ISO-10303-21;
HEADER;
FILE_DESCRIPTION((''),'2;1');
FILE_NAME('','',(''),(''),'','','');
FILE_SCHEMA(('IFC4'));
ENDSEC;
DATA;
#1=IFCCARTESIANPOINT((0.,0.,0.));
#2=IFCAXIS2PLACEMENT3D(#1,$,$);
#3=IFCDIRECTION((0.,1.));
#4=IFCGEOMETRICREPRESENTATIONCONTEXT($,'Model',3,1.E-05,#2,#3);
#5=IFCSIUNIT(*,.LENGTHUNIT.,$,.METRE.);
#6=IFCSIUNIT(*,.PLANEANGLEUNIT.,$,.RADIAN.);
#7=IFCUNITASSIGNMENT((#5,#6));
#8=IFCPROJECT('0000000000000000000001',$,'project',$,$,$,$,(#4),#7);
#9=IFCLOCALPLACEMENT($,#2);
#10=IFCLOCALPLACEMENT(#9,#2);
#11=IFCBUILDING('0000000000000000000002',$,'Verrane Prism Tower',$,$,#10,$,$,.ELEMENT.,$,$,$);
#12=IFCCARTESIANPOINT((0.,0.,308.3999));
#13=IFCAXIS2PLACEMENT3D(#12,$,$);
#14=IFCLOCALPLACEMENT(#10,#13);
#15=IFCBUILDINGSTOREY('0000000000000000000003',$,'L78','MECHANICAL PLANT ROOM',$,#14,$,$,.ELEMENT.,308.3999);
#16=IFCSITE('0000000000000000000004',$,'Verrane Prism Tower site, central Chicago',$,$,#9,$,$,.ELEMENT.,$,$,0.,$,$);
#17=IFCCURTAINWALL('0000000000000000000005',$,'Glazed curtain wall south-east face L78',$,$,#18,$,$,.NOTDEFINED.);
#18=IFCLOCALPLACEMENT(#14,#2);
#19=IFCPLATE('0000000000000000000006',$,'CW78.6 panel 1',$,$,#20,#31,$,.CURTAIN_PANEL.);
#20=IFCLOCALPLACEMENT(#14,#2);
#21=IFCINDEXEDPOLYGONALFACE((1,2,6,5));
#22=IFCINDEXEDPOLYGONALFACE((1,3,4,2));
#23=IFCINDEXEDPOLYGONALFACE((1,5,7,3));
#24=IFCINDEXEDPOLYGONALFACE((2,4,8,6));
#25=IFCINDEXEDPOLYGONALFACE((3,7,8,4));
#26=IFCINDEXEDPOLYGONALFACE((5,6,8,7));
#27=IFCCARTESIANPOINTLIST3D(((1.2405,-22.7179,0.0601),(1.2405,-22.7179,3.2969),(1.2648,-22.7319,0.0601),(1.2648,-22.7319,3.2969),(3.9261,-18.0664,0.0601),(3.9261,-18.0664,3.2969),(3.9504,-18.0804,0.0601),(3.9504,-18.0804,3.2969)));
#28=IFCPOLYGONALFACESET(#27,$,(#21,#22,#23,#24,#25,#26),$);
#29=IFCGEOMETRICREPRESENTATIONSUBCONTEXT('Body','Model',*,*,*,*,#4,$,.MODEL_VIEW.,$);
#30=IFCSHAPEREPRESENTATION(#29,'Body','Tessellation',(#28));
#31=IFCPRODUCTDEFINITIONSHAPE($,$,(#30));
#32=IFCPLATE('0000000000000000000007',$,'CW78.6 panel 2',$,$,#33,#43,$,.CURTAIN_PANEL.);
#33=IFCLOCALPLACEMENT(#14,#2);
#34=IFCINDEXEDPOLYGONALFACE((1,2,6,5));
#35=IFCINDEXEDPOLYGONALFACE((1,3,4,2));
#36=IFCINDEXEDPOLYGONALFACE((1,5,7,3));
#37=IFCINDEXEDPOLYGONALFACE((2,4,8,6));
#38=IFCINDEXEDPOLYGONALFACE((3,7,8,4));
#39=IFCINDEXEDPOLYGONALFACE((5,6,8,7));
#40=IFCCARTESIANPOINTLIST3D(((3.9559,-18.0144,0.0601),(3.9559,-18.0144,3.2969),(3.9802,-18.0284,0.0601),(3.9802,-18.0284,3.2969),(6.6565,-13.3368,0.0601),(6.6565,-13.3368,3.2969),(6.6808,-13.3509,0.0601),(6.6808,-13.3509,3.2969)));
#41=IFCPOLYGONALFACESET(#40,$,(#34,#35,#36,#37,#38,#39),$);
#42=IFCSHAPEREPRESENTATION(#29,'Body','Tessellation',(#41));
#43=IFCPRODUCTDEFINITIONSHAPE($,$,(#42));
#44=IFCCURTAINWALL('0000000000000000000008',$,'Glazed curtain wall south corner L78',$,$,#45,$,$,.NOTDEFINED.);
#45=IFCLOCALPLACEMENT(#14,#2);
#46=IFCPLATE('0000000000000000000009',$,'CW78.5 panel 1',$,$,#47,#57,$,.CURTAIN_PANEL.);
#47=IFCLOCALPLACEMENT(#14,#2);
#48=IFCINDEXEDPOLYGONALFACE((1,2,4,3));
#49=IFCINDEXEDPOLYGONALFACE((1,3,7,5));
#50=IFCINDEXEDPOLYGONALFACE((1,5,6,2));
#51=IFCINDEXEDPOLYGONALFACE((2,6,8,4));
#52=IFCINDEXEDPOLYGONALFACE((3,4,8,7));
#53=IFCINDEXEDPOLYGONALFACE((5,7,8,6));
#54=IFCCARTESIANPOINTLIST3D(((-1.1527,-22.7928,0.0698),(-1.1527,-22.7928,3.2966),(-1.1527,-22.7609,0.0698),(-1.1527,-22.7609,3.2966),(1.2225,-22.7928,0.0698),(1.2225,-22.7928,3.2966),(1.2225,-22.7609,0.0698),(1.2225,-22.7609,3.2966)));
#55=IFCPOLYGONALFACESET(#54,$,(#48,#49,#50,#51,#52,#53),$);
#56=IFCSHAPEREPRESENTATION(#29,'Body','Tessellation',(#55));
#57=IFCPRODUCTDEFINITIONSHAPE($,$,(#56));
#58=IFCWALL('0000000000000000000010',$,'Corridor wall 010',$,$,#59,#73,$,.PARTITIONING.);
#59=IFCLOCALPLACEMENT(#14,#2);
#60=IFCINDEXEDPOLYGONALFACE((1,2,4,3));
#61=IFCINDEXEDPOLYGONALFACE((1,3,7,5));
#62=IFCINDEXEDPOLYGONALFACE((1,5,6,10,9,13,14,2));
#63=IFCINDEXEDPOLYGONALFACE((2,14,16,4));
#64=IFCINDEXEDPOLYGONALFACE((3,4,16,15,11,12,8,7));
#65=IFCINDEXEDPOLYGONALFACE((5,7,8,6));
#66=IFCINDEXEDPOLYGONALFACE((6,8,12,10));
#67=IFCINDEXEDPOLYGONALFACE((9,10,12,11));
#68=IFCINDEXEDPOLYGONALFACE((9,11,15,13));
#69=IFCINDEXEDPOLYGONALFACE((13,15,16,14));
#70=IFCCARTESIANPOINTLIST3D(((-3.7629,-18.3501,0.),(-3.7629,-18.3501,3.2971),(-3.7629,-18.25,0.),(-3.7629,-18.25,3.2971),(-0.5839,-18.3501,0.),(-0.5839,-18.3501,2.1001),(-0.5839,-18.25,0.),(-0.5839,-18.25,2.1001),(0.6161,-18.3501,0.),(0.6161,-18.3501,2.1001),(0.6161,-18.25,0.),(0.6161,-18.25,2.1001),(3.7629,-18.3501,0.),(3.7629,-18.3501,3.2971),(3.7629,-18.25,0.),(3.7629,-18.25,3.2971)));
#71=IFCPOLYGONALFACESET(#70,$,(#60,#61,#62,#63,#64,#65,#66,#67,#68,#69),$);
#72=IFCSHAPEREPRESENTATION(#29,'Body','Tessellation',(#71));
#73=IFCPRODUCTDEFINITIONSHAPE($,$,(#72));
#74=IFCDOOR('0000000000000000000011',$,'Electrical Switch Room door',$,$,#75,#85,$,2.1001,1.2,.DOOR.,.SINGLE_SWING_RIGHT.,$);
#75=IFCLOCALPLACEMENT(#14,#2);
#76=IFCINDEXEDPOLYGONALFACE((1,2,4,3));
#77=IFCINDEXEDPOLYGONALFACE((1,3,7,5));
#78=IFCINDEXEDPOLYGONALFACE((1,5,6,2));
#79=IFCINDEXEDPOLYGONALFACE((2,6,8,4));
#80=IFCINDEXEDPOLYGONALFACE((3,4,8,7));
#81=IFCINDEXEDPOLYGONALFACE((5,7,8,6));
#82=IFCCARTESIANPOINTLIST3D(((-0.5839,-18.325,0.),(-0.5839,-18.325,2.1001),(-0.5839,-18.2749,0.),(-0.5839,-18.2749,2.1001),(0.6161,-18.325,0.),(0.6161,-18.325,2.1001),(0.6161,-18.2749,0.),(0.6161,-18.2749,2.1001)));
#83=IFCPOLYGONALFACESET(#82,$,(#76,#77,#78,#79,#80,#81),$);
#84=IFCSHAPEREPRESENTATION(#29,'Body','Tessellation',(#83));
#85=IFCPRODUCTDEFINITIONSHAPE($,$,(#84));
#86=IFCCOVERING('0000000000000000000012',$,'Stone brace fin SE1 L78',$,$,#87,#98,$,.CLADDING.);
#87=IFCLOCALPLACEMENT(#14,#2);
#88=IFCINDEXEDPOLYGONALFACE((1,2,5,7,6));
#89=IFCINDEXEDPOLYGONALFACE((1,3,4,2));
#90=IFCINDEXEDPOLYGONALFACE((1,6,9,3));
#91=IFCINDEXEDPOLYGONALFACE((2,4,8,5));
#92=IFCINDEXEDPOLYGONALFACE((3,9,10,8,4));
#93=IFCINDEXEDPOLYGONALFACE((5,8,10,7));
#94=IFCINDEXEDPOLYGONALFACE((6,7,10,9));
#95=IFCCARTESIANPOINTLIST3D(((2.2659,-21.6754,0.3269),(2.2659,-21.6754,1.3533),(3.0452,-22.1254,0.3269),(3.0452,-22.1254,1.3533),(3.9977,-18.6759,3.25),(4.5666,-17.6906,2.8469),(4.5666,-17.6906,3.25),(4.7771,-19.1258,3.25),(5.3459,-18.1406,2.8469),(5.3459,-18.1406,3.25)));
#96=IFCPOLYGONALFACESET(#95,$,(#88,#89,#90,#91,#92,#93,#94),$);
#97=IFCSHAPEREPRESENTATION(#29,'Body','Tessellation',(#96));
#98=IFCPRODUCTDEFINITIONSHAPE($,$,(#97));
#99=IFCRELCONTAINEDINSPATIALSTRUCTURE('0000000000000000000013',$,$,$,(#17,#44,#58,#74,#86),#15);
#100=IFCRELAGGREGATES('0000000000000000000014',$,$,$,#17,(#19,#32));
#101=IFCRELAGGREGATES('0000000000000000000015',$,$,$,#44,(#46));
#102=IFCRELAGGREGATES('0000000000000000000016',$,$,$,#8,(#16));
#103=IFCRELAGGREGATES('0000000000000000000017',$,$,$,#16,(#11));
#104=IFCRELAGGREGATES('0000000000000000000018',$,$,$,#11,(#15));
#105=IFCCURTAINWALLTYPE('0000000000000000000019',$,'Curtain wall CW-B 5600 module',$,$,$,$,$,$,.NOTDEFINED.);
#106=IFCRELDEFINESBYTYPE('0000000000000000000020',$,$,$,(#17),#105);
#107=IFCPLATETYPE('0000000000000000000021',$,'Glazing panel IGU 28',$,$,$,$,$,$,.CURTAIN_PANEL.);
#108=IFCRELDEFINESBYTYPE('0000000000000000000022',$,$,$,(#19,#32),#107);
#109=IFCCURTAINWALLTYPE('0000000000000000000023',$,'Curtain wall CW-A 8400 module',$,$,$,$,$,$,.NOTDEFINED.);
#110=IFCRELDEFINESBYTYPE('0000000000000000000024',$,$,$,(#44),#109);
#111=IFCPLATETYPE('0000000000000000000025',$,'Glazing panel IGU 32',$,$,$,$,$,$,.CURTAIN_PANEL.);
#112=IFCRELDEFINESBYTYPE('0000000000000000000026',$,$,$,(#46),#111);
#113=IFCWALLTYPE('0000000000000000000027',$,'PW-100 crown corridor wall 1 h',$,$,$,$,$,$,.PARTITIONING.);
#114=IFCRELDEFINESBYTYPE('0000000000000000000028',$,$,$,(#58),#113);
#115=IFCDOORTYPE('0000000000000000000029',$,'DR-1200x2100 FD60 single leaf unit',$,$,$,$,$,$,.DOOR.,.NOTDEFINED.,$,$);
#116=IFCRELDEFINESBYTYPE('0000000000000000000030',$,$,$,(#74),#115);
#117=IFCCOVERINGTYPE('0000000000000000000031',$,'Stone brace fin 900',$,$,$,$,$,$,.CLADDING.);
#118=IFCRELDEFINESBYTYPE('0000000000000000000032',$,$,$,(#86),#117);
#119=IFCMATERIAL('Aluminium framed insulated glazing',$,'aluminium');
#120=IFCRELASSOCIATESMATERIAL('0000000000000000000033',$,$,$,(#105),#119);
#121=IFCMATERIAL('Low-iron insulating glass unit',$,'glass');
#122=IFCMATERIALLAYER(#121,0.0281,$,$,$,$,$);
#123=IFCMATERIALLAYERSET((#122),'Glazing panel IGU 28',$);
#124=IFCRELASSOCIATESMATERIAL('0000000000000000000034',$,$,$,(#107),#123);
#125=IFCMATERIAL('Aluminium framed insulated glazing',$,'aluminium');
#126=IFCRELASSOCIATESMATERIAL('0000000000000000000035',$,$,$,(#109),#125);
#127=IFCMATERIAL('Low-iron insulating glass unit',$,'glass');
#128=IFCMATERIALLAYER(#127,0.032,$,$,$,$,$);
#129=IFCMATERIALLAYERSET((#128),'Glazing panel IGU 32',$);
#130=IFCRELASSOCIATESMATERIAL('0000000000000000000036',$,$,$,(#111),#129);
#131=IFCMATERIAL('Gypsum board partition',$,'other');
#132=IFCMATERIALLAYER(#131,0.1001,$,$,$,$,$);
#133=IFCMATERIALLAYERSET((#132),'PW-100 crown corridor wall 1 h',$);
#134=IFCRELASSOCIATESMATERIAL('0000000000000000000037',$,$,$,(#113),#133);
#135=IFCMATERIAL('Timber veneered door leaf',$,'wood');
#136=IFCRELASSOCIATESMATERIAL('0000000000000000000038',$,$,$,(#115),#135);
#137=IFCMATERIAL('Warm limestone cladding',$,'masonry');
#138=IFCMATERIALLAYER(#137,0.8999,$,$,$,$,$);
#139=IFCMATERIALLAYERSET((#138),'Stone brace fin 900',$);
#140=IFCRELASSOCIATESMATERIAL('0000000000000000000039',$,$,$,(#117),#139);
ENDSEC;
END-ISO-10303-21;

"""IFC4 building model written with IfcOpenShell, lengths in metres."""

from ifc_helpers import new_model, si_unit, direction, frame, frame_2d, origin, origin_2d, place, context, subcontext, project, spatial, polyline, rectangle, outline, extrude, material, layer, layer_set, type_object, element, fill, aggregate, save


model = new_model("IFC4")

# Units and contexts
model_context = context("Model", 3, precision=1e-05, world=origin(), true_north=direction((0.0, 1.0)))
body_context = subcontext(model_context, "Body", "Model", "MODEL_VIEW")
ifc_project = project(units=[si_unit("LENGTHUNIT", "METRE"), si_unit("PLANEANGLEUNIT", "RADIAN")], contexts=[model_context])

# Site, building, storey
site_placement = place(None, origin())
site = spatial("IfcSite", under=ifc_project, at=site_placement, Name="Verrane Prism Tower site, central Chicago", CompositionType="ELEMENT", RefElevation=0.0)
building_placement = place(site_placement, origin())
building = spatial("IfcBuilding", under=site, at=building_placement, Name="Verrane Prism Tower", CompositionType="ELEMENT")
storey_placement = place(building_placement, frame((0.0, 0.0, 308.3999)))
storey = spatial("IfcBuildingStorey", under=building, at=storey_placement, Name="L78", Description="MECHANICAL PLANT ROOM", CompositionType="ELEMENT", Elevation=308.3999)

# Curtain wall
ifc_material_1 = material(Name="Aluminium framed insulated glazing", Category="aluminium")
curtain_wall_type_1 = type_object("IfcCurtainWallType", Name="Curtain wall CW-B 5600 module", PredefinedType="NOTDEFINED", material=ifc_material_1)
curtain_wall_1_placement = place(storey_placement, origin())
curtain_wall_1 = element("IfcCurtainWall", 1, at=curtain_wall_1_placement, inside=storey, type_object=curtain_wall_type_1, Name="Glazed curtain wall south-east face L78", PredefinedType="NOTDEFINED")

# Plates
ifc_material_2 = material(Name="Low-iron insulating glass unit", Category="glass")
ifc_layer_1 = layer(ifc_material_2, 0.0281)
ifc_layer_set_1 = layer_set([ifc_layer_1], Name="Glazing panel IGU 28")
plate_type_1 = type_object("IfcPlateType", Name="Glazing panel IGU 28", PredefinedType="CURTAIN_PANEL", material=ifc_layer_set_1)
plate_1_placement = place(storey_placement, frame((2.5955, -20.3992, 0.0601), z_axis=(0.0, 0.0, 1.0), x_axis=(0.5, 0.866025, 0.0)))
plate_1 = element("IfcPlate", 2, at=plate_1_placement, type_object=plate_type_1, Name="CW78.6 panel 1", PredefinedType="CURTAIN_PANEL", context=body_context, shape_type="SweptSolid", body=[
    extrude(rectangle(XDim=5.3711, YDim=0.0281, at=origin_2d()), origin(), (0.0, 0.0, 1.0), 3.2368),
])
plate_2_placement = place(storey_placement, frame((5.3184, -15.6826, 0.0601), z_axis=(0.0, 0.0, 1.0), x_axis=(0.5, 0.866025, 0.0)))
plate_2 = element("IfcPlate", 3, at=plate_2_placement, type_object=plate_type_1, Name="CW78.6 panel 2", PredefinedType="CURTAIN_PANEL", context=body_context, shape_type="SweptSolid", body=[
    extrude(rectangle(XDim=5.4011, YDim=0.0281, at=origin_2d()), origin(), (0.0, 0.0, 1.0), 3.2368),
])
aggregate(curtain_wall_1, [plate_1, plate_2])

# Curtain wall, plate
ifc_material_3 = material(Name="Aluminium framed insulated glazing", Category="aluminium")
curtain_wall_type_2 = type_object("IfcCurtainWallType", Name="Curtain wall CW-A 8400 module", PredefinedType="NOTDEFINED", material=ifc_material_3)
curtain_wall_2_placement = place(storey_placement, origin())
curtain_wall_2 = element("IfcCurtainWall", 4, at=curtain_wall_2_placement, inside=storey, type_object=curtain_wall_type_2, Name="Glazed curtain wall south corner L78", PredefinedType="NOTDEFINED")
ifc_material_4 = material(Name="Low-iron insulating glass unit", Category="glass")
ifc_layer_2 = layer(ifc_material_4, 0.032)
ifc_layer_set_2 = layer_set([ifc_layer_2], Name="Glazing panel IGU 32")
plate_type_2 = type_object("IfcPlateType", Name="Glazing panel IGU 32", PredefinedType="CURTAIN_PANEL", material=ifc_layer_set_2)
plate_3_placement = place(storey_placement, frame((0.0349, -22.7769, 0.0698), z_axis=(0.0, 0.0, 1.0), x_axis=(1.0, 0.0, 0.0)))
plate_3 = element("IfcPlate", 5, at=plate_3_placement, type_object=plate_type_2, Name="CW78.5 panel 1", PredefinedType="CURTAIN_PANEL", context=body_context, shape_type="SweptSolid", body=[
    extrude(rectangle(XDim=2.3752, YDim=0.032, at=origin_2d()), origin(), (0.0, 0.0, 1.0), 3.2268),
])
aggregate(curtain_wall_2, [plate_3])

# Wall, opening, door
ifc_material_5 = material(Name="Gypsum board partition", Category="other")
ifc_layer_3 = layer(ifc_material_5, 0.1001)
ifc_layer_set_3 = layer_set([ifc_layer_3], Name="PW-100 crown corridor wall 1 h")
wall_type = type_object("IfcWallType", Name="PW-100 crown corridor wall 1 h", PredefinedType="PARTITIONING", material=ifc_layer_set_3)
wall_placement = place(storey_placement, frame((3.7629, -18.3, 0.0), z_axis=(0.0, 0.0, 1.0), x_axis=(-1.0, 0.0, 0.0)))
wall = element("IfcWall", 6, at=wall_placement, inside=storey, type_object=wall_type, Name="Corridor wall 010", PredefinedType="PARTITIONING", context=body_context, shape_type="SweptSolid", body=[
    extrude(rectangle(XDim=7.5259, YDim=0.1001, at=frame_2d((3.7629, 0.0))), origin(), (0.0, 0.0, 1.0), 3.2971),
])
opening_placement = place(wall_placement, frame((3.1467, 0.0, 0.0)))
opening = element("IfcOpeningElement", 7, at=opening_placement, cuts=wall, PredefinedType="OPENING", context=body_context, shape_type="SweptSolid", body=[
    extrude(rectangle(XDim=1.2, YDim=2.1001, at=frame_2d((0.6001, 1.05))), frame((0.0, 0.0601, 0.0), z_axis=(0.0, -1.0, 0.0), x_axis=(1.0, 0.0, 0.0)), (0.0, 0.0, 1.0), 0.1201),
])
ifc_material_6 = material(Name="Timber veneered door leaf", Category="wood")
door_type = type_object("IfcDoorType", Name="DR-1200x2100 FD60 single leaf unit", OperationType="NOTDEFINED", PredefinedType="DOOR", material=ifc_material_6)
door_placement = place(opening_placement, origin())
door = element("IfcDoor", 8, at=door_placement, inside=storey, type_object=door_type, Name="Electrical Switch Room door", OperationType="SINGLE_SWING_RIGHT", OverallHeight=2.1001, OverallWidth=1.2, PredefinedType="DOOR", context=body_context, shape_type="SweptSolid", body=[
    extrude(rectangle(XDim=1.2, YDim=2.1001, at=frame_2d((0.6001, 1.05))), frame((0.0, 0.0249, 0.0), z_axis=(0.0, -1.0, 0.0), x_axis=(1.0, 0.0, 0.0)), (0.0, 0.0, 1.0), 0.05),
])
fill(opening, door)

# Covering
ifc_material_7 = material(Name="Warm limestone cladding", Category="masonry")
ifc_layer_4 = layer(ifc_material_7, 0.8999)
ifc_layer_set_4 = layer_set([ifc_layer_4], Name="Stone brace fin 900")
covering_type = type_object("IfcCoveringType", Name="Stone brace fin 900", PredefinedType="CLADDING", material=ifc_layer_set_4)
covering_placement = place(storey_placement, frame((2.6555, -21.9004, 0.3269), z_axis=(0.0, 0.0, 1.0), x_axis=(0.500019, 0.866014, 0.0)))
element("IfcCovering", 9, at=covering_placement, inside=storey, type_object=covering_type, Name="Stone brace fin SE1 L78", PredefinedType="CLADDING", context=body_context, shape_type="SweptSolid", body=[
    extrude(outline(polyline([(4.6013, 2.9231), (3.4636, 2.9231), (0.0, 1.0264), (0.0, 0.0), (4.6013, 2.52), (4.6013, 2.9231)])), frame((0.0, 0.45, 0.0), z_axis=(0.0, -1.0, 0.0), x_axis=(1.0, 0.0, 0.0)), (0.0, 0.0, 1.0), 0.8999),
])

save(model, "model.ifc")
